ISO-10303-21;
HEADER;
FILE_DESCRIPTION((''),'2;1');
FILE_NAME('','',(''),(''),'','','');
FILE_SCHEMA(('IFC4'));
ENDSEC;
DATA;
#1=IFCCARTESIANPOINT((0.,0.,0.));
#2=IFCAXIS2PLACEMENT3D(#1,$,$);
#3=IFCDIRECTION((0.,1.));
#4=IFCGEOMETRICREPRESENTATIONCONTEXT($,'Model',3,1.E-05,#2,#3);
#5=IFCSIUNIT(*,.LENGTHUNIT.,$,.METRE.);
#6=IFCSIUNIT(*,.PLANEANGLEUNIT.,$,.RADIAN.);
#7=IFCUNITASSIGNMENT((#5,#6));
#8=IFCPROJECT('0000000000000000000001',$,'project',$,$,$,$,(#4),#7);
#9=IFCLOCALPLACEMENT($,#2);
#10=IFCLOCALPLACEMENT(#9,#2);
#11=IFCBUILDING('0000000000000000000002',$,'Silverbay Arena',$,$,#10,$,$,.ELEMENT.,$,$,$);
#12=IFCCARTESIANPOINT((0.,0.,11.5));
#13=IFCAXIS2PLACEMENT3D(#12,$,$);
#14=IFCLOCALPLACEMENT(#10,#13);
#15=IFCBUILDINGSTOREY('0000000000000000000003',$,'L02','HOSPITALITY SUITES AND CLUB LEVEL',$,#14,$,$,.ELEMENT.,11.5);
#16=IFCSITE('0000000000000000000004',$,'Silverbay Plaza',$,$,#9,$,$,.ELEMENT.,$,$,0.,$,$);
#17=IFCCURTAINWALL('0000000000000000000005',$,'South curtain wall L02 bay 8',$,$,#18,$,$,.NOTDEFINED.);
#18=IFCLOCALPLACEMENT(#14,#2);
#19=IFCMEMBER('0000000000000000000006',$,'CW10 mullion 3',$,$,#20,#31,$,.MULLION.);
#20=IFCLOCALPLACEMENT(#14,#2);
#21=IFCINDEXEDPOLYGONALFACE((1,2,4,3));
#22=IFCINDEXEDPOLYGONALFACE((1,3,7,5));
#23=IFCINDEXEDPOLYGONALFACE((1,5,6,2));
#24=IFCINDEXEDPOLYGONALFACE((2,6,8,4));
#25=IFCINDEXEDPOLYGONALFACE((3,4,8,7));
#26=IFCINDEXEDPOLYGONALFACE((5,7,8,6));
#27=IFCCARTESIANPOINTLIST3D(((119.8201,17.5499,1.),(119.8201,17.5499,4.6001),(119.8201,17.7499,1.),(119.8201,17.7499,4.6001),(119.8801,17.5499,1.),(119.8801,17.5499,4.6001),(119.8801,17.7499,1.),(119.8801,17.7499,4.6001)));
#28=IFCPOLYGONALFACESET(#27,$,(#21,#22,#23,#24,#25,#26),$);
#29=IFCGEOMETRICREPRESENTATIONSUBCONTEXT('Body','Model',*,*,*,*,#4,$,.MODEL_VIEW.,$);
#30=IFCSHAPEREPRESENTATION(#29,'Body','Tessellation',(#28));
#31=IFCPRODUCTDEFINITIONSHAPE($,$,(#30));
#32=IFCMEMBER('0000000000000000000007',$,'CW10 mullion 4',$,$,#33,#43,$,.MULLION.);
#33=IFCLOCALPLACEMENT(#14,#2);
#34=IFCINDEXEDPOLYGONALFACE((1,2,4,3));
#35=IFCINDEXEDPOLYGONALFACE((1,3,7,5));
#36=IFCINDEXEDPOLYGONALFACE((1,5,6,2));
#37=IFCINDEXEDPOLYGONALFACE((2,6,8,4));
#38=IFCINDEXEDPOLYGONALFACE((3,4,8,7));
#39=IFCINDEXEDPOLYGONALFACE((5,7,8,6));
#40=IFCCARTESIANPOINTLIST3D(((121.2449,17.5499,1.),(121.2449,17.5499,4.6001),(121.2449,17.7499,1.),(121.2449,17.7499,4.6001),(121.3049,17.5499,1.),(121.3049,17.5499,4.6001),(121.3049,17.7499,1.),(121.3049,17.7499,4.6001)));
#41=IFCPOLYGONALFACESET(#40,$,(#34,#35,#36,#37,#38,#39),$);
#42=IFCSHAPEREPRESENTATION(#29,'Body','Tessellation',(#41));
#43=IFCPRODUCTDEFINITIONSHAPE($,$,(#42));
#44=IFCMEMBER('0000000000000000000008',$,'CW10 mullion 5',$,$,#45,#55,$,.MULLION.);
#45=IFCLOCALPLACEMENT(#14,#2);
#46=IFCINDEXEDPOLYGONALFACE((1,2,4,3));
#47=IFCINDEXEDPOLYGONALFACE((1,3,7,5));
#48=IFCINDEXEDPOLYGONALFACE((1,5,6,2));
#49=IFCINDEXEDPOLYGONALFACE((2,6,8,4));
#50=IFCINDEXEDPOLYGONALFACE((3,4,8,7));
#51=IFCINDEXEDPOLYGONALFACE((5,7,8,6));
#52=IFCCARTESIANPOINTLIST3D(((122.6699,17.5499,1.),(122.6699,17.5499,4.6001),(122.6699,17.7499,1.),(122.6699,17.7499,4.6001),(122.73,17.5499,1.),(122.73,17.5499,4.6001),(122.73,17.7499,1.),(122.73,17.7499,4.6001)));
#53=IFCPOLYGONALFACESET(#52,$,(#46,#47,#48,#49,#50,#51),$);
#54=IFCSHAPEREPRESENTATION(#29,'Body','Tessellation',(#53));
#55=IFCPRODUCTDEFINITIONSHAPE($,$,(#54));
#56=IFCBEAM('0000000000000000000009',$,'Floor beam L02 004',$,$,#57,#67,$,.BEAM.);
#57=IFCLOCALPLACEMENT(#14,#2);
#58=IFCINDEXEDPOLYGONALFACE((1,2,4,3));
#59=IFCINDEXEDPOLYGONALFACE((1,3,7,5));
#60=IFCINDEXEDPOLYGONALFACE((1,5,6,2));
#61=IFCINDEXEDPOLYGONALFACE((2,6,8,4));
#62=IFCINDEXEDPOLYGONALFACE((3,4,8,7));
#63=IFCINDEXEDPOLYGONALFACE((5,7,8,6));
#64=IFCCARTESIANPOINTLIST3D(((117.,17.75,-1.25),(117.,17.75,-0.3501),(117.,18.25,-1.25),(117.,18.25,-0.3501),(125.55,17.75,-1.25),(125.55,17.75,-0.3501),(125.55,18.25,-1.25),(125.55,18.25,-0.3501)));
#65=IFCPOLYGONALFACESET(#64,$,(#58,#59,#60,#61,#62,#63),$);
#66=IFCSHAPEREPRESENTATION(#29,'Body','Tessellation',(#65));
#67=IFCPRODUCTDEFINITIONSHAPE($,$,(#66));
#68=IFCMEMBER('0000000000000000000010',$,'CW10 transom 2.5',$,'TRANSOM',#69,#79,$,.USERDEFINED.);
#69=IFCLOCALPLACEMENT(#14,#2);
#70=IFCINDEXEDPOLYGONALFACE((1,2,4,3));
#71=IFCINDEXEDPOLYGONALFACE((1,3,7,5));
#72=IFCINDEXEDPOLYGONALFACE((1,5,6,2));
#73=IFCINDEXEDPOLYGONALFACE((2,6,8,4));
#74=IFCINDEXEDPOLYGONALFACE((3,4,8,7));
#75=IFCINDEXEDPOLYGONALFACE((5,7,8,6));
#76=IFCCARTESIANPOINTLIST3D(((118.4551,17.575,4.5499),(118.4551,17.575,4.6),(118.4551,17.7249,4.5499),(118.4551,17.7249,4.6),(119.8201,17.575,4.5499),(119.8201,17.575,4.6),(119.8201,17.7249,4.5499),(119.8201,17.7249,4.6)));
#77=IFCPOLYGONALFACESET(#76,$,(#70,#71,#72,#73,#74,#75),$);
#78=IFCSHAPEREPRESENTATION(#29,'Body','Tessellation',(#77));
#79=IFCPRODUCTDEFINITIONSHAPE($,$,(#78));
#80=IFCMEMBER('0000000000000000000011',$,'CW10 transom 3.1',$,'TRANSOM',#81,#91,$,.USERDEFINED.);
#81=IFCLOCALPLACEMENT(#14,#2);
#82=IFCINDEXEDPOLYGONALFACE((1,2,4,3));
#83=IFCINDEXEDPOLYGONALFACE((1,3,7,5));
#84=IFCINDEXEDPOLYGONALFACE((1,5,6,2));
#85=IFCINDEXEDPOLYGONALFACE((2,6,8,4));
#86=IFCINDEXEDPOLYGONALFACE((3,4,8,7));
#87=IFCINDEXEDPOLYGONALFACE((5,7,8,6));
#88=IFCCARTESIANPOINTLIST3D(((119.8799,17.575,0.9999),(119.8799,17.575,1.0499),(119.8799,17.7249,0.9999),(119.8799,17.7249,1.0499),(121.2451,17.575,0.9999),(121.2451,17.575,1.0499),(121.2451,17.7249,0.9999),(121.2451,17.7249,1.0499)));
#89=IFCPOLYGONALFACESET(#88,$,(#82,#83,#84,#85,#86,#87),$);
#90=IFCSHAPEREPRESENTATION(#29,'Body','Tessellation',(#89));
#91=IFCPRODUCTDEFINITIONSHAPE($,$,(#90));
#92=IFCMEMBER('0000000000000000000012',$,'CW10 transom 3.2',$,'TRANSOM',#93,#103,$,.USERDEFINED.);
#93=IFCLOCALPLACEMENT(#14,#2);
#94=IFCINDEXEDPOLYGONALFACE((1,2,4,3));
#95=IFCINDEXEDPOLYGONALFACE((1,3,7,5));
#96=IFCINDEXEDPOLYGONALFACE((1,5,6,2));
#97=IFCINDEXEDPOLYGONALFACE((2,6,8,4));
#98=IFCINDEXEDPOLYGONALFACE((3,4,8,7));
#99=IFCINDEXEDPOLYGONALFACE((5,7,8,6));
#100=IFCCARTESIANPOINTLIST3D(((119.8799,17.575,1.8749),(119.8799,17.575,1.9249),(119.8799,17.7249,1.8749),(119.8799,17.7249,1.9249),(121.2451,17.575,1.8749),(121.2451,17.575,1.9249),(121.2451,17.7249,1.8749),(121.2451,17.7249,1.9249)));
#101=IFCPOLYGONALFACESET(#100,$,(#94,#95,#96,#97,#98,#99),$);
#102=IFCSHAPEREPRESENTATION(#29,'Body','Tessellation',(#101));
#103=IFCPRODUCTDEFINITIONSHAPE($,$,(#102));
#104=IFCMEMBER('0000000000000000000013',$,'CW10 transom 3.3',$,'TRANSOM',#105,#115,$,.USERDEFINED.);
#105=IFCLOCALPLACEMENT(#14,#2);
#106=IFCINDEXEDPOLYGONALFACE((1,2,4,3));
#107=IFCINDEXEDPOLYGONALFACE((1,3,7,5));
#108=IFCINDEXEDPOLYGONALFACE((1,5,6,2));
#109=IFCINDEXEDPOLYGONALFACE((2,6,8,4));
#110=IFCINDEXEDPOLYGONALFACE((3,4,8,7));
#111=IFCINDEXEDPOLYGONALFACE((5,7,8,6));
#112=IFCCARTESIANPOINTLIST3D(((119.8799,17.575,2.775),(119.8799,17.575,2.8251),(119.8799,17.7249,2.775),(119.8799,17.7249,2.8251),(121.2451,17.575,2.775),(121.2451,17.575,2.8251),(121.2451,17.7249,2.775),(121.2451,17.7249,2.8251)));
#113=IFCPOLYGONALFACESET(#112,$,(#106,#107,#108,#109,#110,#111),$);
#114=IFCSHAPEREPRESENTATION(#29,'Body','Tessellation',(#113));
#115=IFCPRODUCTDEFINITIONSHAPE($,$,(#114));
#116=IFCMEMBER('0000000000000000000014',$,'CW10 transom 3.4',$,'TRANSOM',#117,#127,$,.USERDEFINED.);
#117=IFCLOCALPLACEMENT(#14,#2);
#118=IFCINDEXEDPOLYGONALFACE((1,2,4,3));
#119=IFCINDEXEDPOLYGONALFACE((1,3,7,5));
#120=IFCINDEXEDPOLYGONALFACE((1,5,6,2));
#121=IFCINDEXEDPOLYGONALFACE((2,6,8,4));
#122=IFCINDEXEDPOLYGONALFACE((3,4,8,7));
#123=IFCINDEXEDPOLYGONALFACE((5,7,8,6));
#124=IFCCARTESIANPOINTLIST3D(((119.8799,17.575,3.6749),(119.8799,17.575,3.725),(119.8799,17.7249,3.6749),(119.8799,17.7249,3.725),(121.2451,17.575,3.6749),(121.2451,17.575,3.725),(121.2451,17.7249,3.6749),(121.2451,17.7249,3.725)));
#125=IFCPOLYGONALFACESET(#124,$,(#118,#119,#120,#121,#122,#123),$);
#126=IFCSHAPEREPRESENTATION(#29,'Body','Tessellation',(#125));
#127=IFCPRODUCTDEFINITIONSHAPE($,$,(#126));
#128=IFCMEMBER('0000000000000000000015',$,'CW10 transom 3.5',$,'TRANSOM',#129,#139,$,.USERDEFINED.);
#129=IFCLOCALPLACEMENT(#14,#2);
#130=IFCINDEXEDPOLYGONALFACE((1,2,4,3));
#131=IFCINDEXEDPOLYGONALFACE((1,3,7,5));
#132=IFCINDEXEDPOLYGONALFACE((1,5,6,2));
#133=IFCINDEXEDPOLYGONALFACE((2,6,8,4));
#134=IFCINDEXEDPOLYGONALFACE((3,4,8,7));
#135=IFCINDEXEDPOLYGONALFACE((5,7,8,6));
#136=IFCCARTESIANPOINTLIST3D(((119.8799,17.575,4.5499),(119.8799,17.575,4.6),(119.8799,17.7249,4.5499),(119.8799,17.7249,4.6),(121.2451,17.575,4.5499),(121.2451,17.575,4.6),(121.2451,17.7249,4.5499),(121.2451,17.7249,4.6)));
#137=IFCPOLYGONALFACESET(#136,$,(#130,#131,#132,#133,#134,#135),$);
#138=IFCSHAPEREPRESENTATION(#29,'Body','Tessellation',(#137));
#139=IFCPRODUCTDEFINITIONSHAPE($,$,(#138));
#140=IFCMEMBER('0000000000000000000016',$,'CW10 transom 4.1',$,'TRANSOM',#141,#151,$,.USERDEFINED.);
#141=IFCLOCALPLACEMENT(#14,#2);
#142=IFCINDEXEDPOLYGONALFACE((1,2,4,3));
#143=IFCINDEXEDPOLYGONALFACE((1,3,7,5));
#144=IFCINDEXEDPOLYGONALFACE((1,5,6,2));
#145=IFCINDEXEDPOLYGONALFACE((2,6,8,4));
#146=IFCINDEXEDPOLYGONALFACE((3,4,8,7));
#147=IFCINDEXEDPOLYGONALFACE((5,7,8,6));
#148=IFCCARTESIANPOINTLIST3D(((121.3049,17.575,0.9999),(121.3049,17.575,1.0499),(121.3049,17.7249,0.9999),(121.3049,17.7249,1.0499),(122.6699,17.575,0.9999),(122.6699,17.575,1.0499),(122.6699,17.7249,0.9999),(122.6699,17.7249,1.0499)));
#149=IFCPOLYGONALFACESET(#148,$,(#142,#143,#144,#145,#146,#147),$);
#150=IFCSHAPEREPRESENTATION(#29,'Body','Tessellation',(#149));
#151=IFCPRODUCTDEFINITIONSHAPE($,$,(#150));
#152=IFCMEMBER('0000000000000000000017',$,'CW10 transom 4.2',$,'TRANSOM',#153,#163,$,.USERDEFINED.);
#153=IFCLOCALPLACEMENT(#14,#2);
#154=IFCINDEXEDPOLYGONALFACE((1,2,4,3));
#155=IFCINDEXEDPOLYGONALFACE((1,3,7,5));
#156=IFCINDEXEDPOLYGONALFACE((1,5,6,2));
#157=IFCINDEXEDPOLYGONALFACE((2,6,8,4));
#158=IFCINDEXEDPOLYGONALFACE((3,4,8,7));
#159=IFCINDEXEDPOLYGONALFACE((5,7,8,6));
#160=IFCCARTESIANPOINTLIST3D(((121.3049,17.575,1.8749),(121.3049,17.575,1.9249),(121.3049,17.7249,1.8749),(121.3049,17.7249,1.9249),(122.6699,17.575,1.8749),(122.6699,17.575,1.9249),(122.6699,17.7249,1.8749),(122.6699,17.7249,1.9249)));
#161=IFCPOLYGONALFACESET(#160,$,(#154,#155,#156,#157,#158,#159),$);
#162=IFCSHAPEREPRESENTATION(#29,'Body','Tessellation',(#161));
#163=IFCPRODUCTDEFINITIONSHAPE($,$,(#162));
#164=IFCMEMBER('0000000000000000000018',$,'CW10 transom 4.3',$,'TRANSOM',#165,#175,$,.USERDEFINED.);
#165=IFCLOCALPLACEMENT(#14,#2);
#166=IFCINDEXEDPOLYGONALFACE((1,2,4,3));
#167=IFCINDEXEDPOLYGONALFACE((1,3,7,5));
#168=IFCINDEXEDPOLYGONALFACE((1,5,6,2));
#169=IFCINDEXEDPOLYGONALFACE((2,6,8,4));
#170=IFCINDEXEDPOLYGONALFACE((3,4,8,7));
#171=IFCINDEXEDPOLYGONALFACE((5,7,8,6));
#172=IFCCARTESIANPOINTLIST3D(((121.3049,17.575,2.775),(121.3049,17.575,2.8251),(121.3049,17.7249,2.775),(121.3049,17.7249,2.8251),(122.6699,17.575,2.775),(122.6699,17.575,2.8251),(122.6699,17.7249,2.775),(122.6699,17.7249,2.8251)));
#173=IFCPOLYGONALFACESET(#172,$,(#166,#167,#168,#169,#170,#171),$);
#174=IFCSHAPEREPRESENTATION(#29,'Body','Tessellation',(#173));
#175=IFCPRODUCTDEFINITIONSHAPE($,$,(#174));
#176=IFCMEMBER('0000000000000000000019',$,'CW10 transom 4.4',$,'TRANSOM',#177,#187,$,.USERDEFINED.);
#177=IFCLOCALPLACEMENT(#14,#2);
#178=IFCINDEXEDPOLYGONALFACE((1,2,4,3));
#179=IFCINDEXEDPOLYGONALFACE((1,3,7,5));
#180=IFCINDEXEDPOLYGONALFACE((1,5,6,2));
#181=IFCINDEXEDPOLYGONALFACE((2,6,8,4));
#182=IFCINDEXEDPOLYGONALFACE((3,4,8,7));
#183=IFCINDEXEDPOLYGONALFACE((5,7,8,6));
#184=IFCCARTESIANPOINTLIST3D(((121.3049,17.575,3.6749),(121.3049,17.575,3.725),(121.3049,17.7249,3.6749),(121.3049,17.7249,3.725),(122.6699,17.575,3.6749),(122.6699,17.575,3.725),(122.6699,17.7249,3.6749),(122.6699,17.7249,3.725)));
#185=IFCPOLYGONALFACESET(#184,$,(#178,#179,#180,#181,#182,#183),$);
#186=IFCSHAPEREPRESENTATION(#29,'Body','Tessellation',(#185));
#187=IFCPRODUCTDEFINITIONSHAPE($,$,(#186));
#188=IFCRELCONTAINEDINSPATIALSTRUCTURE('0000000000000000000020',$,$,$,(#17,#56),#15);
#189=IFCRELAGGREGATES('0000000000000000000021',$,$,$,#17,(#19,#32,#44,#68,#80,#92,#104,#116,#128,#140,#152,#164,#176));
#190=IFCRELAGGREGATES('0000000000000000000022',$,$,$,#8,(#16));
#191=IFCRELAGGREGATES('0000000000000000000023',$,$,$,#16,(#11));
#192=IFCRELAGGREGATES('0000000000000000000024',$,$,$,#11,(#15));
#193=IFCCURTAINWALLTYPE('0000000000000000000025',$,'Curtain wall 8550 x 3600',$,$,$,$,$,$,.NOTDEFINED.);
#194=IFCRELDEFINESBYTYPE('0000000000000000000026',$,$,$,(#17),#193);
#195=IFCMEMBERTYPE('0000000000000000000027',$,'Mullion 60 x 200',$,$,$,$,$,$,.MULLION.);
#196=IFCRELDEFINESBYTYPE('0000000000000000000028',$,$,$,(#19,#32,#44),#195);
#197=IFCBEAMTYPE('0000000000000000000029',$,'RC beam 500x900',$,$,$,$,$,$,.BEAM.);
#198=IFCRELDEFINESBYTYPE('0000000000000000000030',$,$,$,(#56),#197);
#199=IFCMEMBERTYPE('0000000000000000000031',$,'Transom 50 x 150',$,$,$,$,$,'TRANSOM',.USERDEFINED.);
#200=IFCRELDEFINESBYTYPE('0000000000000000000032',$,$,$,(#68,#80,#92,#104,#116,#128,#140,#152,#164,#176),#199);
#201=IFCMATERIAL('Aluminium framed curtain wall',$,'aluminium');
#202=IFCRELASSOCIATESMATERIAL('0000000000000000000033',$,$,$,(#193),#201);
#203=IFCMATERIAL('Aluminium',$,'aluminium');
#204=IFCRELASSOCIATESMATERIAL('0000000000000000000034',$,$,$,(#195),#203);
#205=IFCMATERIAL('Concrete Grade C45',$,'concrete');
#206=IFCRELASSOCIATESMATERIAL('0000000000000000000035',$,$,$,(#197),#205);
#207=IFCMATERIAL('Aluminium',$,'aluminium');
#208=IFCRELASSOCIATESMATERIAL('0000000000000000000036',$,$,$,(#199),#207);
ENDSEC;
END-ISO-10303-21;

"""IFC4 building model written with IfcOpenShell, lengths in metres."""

from ifc_helpers import new_model, si_unit, direction, frame, origin, origin_2d, place, context, subcontext, project, spatial, rectangle, extrude, material, material_profile, profile_set, type_object, element, aggregate, save


model = new_model("IFC4")

# Units and contexts
model_context = context("Model", 3, precision=1e-05, world=origin(), true_north=direction((0.0, 1.0)))
body_context = subcontext(model_context, "Body", "Model", "MODEL_VIEW")
ifc_project = project(units=[si_unit("LENGTHUNIT", "METRE"), si_unit("PLANEANGLEUNIT", "RADIAN")], contexts=[model_context])

# Site, building, storey
site_placement = place(None, origin())
site = spatial("IfcSite", under=ifc_project, at=site_placement, Name="Silverbay Plaza", CompositionType="ELEMENT", RefElevation=0.0)
building_placement = place(site_placement, origin())
building = spatial("IfcBuilding", under=site, at=building_placement, Name="Silverbay Arena", CompositionType="ELEMENT")
storey_placement = place(building_placement, frame((0.0, 0.0, 11.5)))
storey = spatial("IfcBuildingStorey", under=building, at=storey_placement, Name="L02", Description="HOSPITALITY SUITES AND CLUB LEVEL", CompositionType="ELEMENT", Elevation=11.5)

# Curtain wall, members
ifc_material_1 = material(Name="Aluminium framed curtain wall", Category="aluminium")
curtain_wall_type = type_object("IfcCurtainWallType", Name="Curtain wall 8550 x 3600", PredefinedType="NOTDEFINED", material=ifc_material_1)
curtain_wall_placement = place(storey_placement, origin())
curtain_wall = element("IfcCurtainWall", 1, at=curtain_wall_placement, inside=storey, type_object=curtain_wall_type, Name="South curtain wall L02 bay 8", PredefinedType="NOTDEFINED")
ifc_material_2 = material(Name="Aluminium", Category="aluminium")
ifc_material_profile_1 = material_profile(ifc_material_2, rectangle(XDim=0.2, YDim=0.0601, at=origin_2d()), Name="Mullion 60 x 200")
ifc_profile_set_1 = profile_set([ifc_material_profile_1], Name="Aluminium")
member_type_1 = type_object("IfcMemberType", Name="Mullion 60 x 200", PredefinedType="MULLION", material=ifc_profile_set_1)
member_1_placement = place(storey_placement, frame((119.8501, 17.6499, 1.0), z_axis=(0.0, 0.0, 1.0), x_axis=(0.0, 1.0, 0.0)))
member_1 = element("IfcMember", 2, at=member_1_placement, type_object=member_type_1, Name="CW10 mullion 3", PredefinedType="MULLION", context=body_context, shape_type="SweptSolid", body=[
    extrude(rectangle(XDim=0.2, YDim=0.0601, at=origin_2d()), origin(), (0.0, 0.0, 1.0), 3.6001),
])
member_2_placement = place(storey_placement, frame((121.2749, 17.6499, 1.0), z_axis=(0.0, 0.0, 1.0), x_axis=(0.0, 1.0, 0.0)))
member_2 = element("IfcMember", 3, at=member_2_placement, type_object=member_type_1, Name="CW10 mullion 4", PredefinedType="MULLION", context=body_context, shape_type="SweptSolid", body=[
    extrude(rectangle(XDim=0.2, YDim=0.0601, at=origin_2d()), origin(), (0.0, 0.0, 1.0), 3.6001),
])
member_3_placement = place(storey_placement, frame((122.7, 17.6499, 1.0), z_axis=(0.0, 0.0, 1.0), x_axis=(0.0, 1.0, 0.0)))
member_3 = element("IfcMember", 4, at=member_3_placement, type_object=member_type_1, Name="CW10 mullion 5", PredefinedType="MULLION", context=body_context, shape_type="SweptSolid", body=[
    extrude(rectangle(XDim=0.2, YDim=0.0601, at=origin_2d()), origin(), (0.0, 0.0, 1.0), 3.6001),
])

# Beam
ifc_material_3 = material(Name="Concrete Grade C45", Category="concrete")
ifc_material_profile_2 = material_profile(ifc_material_3, rectangle(XDim=0.5, YDim=0.8999, at=origin_2d()), Name="RC 500x900")
ifc_profile_set_2 = profile_set([ifc_material_profile_2], Name="Concrete Grade C45")
beam_type = type_object("IfcBeamType", Name="RC beam 500x900", PredefinedType="BEAM", material=ifc_profile_set_2)
beam_placement = place(storey_placement, frame((117.0, 18.0, -0.8), z_axis=(1.0, 0.0, 0.0), x_axis=(0.0, 1.0, 0.0)))
element("IfcBeam", 5, at=beam_placement, inside=storey, type_object=beam_type, Name="Floor beam L02 004", PredefinedType="BEAM", context=body_context, shape_type="SweptSolid", body=[
    extrude(rectangle(XDim=0.5, YDim=0.8999, at=origin_2d()), origin(), (0.0, 0.0, 1.0), 8.55),
])

# Members
ifc_material_4 = material(Name="Aluminium", Category="aluminium")
ifc_material_profile_3 = material_profile(ifc_material_4, rectangle(XDim=0.1499, YDim=0.05, at=origin_2d()), Name="Transom 50 x 150")
ifc_profile_set_3 = profile_set([ifc_material_profile_3], Name="Aluminium")
member_type_2 = type_object("IfcMemberType", Name="Transom 50 x 150", ElementType="TRANSOM", PredefinedType="USERDEFINED", material=ifc_profile_set_3)
member_4_placement = place(storey_placement, frame((118.4551, 17.6499, 4.575), z_axis=(1.0, 0.0, 0.0), x_axis=(0.0, 1.0, 0.0)))
member_4 = element("IfcMember", 6, at=member_4_placement, type_object=member_type_2, Name="CW10 transom 2.5", ObjectType="TRANSOM", PredefinedType="USERDEFINED", context=body_context, shape_type="SweptSolid", body=[
    extrude(rectangle(XDim=0.1499, YDim=0.05, at=origin_2d()), origin(), (0.0, 0.0, 1.0), 1.365),
])
member_5_placement = place(storey_placement, frame((119.8799, 17.6499, 1.0249), z_axis=(1.0, 0.0, 0.0), x_axis=(0.0, 1.0, 0.0)))
member_5 = element("IfcMember", 7, at=member_5_placement, type_object=member_type_2, Name="CW10 transom 3.1", ObjectType="TRANSOM", PredefinedType="USERDEFINED", context=body_context, shape_type="SweptSolid", body=[
    extrude(rectangle(XDim=0.1499, YDim=0.05, at=origin_2d()), origin(), (0.0, 0.0, 1.0), 1.3652),
])
member_6_placement = place(storey_placement, frame((119.8799, 17.6499, 1.8999), z_axis=(1.0, 0.0, 0.0), x_axis=(0.0, 1.0, 0.0)))
member_6 = element("IfcMember", 8, at=member_6_placement, type_object=member_type_2, Name="CW10 transom 3.2", ObjectType="TRANSOM", PredefinedType="USERDEFINED", context=body_context, shape_type="SweptSolid", body=[
    extrude(rectangle(XDim=0.1499, YDim=0.05, at=origin_2d()), origin(), (0.0, 0.0, 1.0), 1.3652),
])
member_7_placement = place(storey_placement, frame((119.8799, 17.6499, 2.8), z_axis=(1.0, 0.0, 0.0), x_axis=(0.0, 1.0, 0.0)))
member_7 = element("IfcMember", 9, at=member_7_placement, type_object=member_type_2, Name="CW10 transom 3.3", ObjectType="TRANSOM", PredefinedType="USERDEFINED", context=body_context, shape_type="SweptSolid", body=[
    extrude(rectangle(XDim=0.1499, YDim=0.05, at=origin_2d()), origin(), (0.0, 0.0, 1.0), 1.3652),
])
member_8_placement = place(storey_placement, frame((119.8799, 17.6499, 3.7), z_axis=(1.0, 0.0, 0.0), x_axis=(0.0, 1.0, 0.0)))
member_8 = element("IfcMember", 10, at=member_8_placement, type_object=member_type_2, Name="CW10 transom 3.4", ObjectType="TRANSOM", PredefinedType="USERDEFINED", context=body_context, shape_type="SweptSolid", body=[
    extrude(rectangle(XDim=0.1499, YDim=0.05, at=origin_2d()), origin(), (0.0, 0.0, 1.0), 1.3652),
])
member_9_placement = place(storey_placement, frame((119.8799, 17.6499, 4.575), z_axis=(1.0, 0.0, 0.0), x_axis=(0.0, 1.0, 0.0)))
member_9 = element("IfcMember", 11, at=member_9_placement, type_object=member_type_2, Name="CW10 transom 3.5", ObjectType="TRANSOM", PredefinedType="USERDEFINED", context=body_context, shape_type="SweptSolid", body=[
    extrude(rectangle(XDim=0.1499, YDim=0.05, at=origin_2d()), origin(), (0.0, 0.0, 1.0), 1.3652),
])
member_10_placement = place(storey_placement, frame((121.3049, 17.6499, 1.0249), z_axis=(1.0, 0.0, 0.0), x_axis=(0.0, 1.0, 0.0)))
member_10 = element("IfcMember", 12, at=member_10_placement, type_object=member_type_2, Name="CW10 transom 4.1", ObjectType="TRANSOM", PredefinedType="USERDEFINED", context=body_context, shape_type="SweptSolid", body=[
    extrude(rectangle(XDim=0.1499, YDim=0.05, at=origin_2d()), origin(), (0.0, 0.0, 1.0), 1.365),
])
member_11_placement = place(storey_placement, frame((121.3049, 17.6499, 1.8999), z_axis=(1.0, 0.0, 0.0), x_axis=(0.0, 1.0, 0.0)))
member_11 = element("IfcMember", 13, at=member_11_placement, type_object=member_type_2, Name="CW10 transom 4.2", ObjectType="TRANSOM", PredefinedType="USERDEFINED", context=body_context, shape_type="SweptSolid", body=[
    extrude(rectangle(XDim=0.1499, YDim=0.05, at=origin_2d()), origin(), (0.0, 0.0, 1.0), 1.365),
])
member_12_placement = place(storey_placement, frame((121.3049, 17.6499, 2.8), z_axis=(1.0, 0.0, 0.0), x_axis=(0.0, 1.0, 0.0)))
member_12 = element("IfcMember", 14, at=member_12_placement, type_object=member_type_2, Name="CW10 transom 4.3", ObjectType="TRANSOM", PredefinedType="USERDEFINED", context=body_context, shape_type="SweptSolid", body=[
    extrude(rectangle(XDim=0.1499, YDim=0.05, at=origin_2d()), origin(), (0.0, 0.0, 1.0), 1.365),
])
member_13_placement = place(storey_placement, frame((121.3049, 17.6499, 3.7), z_axis=(1.0, 0.0, 0.0), x_axis=(0.0, 1.0, 0.0)))
member_13 = element("IfcMember", 15, at=member_13_placement, type_object=member_type_2, Name="CW10 transom 4.4", ObjectType="TRANSOM", PredefinedType="USERDEFINED", context=body_context, shape_type="SweptSolid", body=[
    extrude(rectangle(XDim=0.1499, YDim=0.05, at=origin_2d()), origin(), (0.0, 0.0, 1.0), 1.365),
])

aggregate(curtain_wall, [member_1, member_2, member_3, member_4, member_5, member_6, member_7, member_8, member_9, member_10, member_11, member_12, member_13])

save(model, "model.ifc")
